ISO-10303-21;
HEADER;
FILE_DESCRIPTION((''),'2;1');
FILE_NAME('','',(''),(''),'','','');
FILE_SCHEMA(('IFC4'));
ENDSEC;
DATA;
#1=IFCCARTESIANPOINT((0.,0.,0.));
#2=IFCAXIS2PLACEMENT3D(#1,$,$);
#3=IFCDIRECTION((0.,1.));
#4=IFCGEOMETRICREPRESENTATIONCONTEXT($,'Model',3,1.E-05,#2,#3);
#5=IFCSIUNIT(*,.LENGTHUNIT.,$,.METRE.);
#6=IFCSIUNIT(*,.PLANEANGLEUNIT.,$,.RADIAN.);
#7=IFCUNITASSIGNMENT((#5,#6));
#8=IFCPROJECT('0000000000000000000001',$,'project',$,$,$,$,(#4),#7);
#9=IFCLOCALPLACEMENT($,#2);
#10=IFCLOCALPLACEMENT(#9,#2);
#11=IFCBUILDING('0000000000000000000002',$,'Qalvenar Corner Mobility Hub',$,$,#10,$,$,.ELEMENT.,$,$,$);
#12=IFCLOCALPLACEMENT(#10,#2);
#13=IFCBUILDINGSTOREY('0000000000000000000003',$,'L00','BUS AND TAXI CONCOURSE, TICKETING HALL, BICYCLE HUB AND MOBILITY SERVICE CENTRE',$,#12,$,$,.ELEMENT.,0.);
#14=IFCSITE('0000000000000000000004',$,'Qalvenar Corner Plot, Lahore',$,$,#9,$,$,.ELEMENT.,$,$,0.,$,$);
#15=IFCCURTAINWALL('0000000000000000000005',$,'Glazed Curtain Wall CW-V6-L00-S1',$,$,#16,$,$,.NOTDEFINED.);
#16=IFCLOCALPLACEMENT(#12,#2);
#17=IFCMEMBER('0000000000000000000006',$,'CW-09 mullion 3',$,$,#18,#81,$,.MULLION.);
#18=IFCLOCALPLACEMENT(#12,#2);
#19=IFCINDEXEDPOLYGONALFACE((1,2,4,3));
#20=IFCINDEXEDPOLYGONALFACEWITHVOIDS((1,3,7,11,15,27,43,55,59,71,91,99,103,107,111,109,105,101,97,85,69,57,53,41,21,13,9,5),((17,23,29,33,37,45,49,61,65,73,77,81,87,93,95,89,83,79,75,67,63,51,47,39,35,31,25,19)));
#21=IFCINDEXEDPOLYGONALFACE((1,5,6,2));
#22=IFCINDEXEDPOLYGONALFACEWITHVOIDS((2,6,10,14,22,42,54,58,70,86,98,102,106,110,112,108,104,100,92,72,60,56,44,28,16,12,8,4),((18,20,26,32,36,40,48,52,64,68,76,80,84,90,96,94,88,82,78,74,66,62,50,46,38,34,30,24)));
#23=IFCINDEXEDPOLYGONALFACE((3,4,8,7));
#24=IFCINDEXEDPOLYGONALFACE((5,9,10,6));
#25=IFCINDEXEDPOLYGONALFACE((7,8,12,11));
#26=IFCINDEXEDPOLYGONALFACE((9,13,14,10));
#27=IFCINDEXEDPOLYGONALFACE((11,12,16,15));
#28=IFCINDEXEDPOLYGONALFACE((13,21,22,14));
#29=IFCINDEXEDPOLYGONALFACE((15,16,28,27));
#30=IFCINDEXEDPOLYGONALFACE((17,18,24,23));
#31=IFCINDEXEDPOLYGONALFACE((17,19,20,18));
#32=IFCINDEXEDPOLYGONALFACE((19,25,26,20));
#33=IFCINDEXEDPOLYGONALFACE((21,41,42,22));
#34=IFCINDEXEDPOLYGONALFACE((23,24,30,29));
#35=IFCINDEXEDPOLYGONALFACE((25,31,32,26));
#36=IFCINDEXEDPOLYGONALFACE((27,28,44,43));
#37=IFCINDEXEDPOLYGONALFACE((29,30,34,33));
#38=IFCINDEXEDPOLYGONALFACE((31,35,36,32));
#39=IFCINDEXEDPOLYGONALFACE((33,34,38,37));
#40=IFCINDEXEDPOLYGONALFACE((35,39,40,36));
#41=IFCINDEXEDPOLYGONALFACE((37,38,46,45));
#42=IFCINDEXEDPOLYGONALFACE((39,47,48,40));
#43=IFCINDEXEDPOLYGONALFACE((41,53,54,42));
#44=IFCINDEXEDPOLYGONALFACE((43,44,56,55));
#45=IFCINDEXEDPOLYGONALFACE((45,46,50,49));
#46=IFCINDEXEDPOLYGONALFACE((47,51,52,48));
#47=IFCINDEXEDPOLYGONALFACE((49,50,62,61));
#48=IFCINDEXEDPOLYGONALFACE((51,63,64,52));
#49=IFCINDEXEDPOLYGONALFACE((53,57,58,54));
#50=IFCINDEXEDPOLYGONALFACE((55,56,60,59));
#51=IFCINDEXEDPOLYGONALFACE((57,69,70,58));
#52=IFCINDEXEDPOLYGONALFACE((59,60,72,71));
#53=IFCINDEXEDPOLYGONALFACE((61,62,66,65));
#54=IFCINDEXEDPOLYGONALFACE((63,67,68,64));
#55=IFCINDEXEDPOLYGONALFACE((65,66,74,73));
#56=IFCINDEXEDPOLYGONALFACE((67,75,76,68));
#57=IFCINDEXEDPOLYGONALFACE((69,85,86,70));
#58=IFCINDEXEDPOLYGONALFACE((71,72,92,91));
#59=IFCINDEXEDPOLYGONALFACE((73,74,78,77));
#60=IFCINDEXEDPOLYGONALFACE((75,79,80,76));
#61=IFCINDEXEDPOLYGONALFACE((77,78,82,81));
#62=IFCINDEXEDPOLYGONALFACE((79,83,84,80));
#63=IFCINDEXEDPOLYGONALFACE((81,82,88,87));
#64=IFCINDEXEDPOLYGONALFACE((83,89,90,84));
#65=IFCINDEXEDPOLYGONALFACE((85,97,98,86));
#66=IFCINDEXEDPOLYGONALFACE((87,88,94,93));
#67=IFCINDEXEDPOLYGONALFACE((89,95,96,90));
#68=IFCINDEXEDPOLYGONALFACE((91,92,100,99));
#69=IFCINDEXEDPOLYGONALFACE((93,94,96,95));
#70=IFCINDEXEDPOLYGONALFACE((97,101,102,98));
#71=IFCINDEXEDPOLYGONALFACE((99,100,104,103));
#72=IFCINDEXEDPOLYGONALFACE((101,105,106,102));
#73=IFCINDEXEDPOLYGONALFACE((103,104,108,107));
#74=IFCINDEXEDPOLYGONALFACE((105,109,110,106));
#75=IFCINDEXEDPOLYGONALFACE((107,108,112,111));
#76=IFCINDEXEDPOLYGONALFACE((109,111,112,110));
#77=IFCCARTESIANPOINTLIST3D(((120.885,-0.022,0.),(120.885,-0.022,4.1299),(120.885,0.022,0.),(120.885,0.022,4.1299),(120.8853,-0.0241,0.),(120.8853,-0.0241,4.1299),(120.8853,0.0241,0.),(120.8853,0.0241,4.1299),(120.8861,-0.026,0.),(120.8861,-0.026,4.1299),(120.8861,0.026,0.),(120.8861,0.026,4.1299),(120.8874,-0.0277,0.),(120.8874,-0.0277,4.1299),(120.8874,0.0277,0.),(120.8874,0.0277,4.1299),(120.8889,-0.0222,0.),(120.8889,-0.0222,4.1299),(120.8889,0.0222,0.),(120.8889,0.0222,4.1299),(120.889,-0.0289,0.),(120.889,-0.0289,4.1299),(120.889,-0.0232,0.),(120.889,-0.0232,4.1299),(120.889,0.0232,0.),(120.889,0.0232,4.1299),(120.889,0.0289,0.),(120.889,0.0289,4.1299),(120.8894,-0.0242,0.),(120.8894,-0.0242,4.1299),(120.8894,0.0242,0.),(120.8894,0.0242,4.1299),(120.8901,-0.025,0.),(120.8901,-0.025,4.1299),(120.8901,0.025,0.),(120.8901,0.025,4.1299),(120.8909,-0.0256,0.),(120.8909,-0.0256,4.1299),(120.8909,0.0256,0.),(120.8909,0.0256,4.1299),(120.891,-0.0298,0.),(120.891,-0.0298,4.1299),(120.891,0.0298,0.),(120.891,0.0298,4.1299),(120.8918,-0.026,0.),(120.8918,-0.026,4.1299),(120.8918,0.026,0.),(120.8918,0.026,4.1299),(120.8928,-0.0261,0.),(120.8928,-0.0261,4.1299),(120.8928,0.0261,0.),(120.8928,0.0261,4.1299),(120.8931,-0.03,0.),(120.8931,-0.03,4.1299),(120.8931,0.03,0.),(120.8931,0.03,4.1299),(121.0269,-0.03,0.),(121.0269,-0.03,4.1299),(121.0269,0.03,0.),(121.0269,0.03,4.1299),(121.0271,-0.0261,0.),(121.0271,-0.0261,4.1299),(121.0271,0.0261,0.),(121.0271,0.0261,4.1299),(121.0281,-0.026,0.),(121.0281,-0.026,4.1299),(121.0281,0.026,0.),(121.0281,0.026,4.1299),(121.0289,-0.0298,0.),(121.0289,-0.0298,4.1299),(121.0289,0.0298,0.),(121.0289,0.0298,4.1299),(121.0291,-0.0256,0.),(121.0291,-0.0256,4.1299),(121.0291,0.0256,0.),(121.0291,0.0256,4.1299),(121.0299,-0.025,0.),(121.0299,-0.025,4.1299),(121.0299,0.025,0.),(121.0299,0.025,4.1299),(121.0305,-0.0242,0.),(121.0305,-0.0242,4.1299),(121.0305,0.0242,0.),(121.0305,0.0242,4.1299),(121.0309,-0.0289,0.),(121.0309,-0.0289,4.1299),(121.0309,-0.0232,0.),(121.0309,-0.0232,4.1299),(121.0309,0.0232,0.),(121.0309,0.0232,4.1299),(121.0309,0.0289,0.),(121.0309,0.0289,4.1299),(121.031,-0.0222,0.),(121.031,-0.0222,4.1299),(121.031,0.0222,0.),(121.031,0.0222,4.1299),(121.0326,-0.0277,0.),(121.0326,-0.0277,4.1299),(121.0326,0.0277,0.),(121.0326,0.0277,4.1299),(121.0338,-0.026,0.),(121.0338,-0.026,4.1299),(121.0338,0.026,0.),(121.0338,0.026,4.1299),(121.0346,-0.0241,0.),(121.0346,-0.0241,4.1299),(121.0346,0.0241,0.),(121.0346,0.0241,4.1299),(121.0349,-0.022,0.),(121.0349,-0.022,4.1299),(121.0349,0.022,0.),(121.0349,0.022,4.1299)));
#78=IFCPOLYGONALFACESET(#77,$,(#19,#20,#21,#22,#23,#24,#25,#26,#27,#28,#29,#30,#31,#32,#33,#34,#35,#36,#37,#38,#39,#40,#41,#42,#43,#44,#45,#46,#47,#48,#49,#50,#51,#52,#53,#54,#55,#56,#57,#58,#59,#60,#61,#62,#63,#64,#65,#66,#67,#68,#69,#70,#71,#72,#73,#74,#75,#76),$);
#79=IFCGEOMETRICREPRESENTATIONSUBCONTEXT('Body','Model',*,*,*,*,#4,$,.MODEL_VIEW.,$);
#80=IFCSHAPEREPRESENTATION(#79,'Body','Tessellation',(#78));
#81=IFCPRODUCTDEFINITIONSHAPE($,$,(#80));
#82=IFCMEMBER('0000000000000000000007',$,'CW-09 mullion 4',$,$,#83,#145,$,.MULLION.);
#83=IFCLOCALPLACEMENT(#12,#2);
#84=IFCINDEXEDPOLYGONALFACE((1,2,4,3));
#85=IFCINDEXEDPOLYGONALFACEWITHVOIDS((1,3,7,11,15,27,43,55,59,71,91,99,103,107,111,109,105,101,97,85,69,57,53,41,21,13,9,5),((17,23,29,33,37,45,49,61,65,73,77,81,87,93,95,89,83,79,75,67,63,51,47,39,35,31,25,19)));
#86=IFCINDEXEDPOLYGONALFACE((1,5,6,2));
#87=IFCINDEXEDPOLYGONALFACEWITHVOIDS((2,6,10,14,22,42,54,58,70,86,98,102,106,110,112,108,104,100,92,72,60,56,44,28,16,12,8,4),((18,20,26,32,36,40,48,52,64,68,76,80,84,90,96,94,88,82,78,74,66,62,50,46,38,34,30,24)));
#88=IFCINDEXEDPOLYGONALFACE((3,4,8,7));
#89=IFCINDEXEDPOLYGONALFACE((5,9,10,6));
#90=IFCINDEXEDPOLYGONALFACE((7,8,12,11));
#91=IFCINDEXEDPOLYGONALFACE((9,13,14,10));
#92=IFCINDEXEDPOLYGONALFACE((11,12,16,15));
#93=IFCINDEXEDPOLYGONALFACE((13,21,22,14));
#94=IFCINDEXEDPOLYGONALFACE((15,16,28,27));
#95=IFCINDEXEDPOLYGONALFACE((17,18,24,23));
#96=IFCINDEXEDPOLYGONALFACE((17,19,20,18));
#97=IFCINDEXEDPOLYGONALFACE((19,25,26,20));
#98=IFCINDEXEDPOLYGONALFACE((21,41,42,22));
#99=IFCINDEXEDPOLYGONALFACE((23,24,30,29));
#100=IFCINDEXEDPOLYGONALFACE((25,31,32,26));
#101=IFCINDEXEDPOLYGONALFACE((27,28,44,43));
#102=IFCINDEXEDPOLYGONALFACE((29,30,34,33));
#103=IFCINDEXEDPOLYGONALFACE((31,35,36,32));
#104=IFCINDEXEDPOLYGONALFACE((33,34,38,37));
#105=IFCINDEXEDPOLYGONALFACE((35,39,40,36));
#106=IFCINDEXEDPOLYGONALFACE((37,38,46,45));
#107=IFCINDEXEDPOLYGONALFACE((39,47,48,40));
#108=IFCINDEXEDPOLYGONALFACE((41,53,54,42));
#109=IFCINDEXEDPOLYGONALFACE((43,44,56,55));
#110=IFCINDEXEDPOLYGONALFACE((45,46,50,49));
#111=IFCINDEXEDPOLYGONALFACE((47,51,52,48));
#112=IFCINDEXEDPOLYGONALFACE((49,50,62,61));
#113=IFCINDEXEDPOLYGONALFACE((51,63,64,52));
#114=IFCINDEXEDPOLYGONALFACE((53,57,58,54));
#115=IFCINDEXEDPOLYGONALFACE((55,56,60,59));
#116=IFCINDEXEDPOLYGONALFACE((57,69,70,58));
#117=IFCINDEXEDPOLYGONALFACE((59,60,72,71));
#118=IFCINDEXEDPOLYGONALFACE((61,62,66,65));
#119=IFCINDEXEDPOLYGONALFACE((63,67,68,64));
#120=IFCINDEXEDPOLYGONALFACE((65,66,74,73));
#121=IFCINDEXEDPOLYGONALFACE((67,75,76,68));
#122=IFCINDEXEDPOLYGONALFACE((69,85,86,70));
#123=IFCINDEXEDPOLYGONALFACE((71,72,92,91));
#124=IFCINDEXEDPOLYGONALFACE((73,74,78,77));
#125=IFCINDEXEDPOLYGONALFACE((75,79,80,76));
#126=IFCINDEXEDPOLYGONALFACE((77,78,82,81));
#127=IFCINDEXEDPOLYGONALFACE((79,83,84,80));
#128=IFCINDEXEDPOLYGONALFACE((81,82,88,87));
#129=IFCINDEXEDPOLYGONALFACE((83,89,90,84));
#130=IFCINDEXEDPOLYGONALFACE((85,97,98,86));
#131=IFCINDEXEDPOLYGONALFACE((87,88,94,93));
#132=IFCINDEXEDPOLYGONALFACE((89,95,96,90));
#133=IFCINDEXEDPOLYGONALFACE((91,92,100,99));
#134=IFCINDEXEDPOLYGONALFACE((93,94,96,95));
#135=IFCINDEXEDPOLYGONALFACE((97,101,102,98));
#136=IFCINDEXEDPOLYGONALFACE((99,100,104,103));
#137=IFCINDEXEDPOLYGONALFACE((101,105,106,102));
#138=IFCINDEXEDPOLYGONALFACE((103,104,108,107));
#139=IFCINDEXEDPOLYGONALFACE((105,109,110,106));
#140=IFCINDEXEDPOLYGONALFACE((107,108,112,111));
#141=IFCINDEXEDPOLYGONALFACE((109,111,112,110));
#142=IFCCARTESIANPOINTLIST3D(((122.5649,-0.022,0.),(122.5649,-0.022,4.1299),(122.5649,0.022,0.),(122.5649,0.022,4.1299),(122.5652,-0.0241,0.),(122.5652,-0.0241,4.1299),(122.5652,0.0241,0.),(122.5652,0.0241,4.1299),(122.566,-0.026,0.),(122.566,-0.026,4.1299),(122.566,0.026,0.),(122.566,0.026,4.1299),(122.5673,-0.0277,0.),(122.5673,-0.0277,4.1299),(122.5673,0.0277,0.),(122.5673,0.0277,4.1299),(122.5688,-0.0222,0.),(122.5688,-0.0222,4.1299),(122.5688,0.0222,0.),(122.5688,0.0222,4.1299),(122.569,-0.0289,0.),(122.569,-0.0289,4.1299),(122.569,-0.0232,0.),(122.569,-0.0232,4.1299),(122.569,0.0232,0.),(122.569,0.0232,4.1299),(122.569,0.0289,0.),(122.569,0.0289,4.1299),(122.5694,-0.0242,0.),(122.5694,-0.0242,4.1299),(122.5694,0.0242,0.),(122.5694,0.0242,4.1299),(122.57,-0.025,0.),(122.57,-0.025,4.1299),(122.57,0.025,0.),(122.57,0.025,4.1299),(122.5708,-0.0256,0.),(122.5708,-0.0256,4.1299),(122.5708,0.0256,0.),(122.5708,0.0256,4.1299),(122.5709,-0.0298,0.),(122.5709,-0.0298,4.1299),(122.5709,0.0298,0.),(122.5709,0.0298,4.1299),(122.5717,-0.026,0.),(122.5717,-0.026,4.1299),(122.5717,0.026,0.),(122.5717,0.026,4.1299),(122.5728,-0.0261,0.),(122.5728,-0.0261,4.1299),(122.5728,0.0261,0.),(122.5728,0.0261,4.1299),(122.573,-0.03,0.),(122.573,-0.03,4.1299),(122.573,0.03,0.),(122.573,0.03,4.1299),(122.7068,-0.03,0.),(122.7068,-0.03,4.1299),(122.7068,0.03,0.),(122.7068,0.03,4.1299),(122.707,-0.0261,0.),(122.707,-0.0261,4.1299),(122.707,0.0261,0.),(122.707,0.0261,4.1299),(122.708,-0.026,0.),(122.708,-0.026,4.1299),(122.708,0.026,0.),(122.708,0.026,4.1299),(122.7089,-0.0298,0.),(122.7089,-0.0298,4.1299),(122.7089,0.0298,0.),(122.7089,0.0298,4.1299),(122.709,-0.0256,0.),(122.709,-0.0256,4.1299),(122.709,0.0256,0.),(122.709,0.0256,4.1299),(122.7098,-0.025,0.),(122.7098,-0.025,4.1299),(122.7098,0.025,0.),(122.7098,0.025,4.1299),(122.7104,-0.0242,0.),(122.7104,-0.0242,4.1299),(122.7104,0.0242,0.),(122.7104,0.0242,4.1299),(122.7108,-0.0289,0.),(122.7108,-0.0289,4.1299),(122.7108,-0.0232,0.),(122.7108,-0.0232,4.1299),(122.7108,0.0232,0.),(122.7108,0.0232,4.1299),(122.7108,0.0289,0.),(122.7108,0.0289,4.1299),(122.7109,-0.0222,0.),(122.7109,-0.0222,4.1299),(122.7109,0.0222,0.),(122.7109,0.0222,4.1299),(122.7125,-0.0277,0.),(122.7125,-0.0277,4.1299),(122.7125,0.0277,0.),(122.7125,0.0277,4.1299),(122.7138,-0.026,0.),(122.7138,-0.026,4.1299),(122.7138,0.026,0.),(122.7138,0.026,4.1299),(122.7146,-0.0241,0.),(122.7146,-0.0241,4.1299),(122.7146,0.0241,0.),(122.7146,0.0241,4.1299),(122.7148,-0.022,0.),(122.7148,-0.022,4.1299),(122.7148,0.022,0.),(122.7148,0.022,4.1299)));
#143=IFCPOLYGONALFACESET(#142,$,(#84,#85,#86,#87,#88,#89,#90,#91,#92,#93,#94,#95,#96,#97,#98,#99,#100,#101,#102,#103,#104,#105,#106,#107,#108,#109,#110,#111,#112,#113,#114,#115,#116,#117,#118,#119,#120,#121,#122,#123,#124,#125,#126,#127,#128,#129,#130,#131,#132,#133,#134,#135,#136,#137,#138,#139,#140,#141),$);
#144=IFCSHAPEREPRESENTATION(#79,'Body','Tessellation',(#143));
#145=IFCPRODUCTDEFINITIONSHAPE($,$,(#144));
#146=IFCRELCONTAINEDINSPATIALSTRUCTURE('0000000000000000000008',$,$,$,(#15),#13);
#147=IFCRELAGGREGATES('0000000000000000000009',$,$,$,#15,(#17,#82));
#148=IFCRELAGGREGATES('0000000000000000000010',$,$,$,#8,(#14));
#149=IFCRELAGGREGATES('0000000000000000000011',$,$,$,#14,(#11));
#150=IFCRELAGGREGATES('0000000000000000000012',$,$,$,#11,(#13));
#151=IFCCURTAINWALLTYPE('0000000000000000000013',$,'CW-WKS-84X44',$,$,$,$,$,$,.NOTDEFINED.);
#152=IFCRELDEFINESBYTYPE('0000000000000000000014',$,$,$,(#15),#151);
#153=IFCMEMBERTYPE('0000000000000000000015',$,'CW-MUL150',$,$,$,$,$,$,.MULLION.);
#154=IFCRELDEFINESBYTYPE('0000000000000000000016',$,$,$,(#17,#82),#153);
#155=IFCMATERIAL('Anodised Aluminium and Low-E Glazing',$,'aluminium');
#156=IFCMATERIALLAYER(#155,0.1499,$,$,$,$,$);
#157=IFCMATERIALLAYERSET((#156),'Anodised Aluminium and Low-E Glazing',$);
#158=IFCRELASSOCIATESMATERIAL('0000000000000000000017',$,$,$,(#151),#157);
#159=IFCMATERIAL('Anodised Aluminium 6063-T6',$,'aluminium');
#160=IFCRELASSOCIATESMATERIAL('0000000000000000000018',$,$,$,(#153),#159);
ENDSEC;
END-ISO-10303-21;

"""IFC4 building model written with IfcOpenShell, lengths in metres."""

from ifc_helpers import new_model, si_unit, direction, frame, origin, origin_2d, place, context, subcontext, project, spatial, hollow_rectangle, extrude, material, layer, layer_set, material_profile, profile_set, type_object, element, aggregate, save


model = new_model("IFC4")

# Units and contexts
model_context = context("Model", 3, precision=1e-05, world=origin(), true_north=direction((0.0, 1.0)))
body_context = subcontext(model_context, "Body", "Model", "MODEL_VIEW")
ifc_project = project(units=[si_unit("LENGTHUNIT", "METRE"), si_unit("PLANEANGLEUNIT", "RADIAN")], contexts=[model_context])

# Site, building, storey
site_placement = place(None, origin())
site = spatial("IfcSite", under=ifc_project, at=site_placement, Name="Qalvenar Corner Plot, Lahore", CompositionType="ELEMENT", RefElevation=0.0)
building_placement = place(site_placement, origin())
building = spatial("IfcBuilding", under=site, at=building_placement, Name="Qalvenar Corner Mobility Hub", CompositionType="ELEMENT")
storey_placement = place(building_placement, origin())
storey = spatial("IfcBuildingStorey", under=building, at=storey_placement, Name="L00", Description="BUS AND TAXI CONCOURSE, TICKETING HALL, BICYCLE HUB AND MOBILITY SERVICE CENTRE", CompositionType="ELEMENT", Elevation=0.0)

# Curtain wall, members
ifc_material_1 = material(Name="Anodised Aluminium and Low-E Glazing", Category="aluminium")
ifc_layer_1 = layer(ifc_material_1, 0.1499)
ifc_layer_set_1 = layer_set([ifc_layer_1], Name="Anodised Aluminium and Low-E Glazing")
curtain_wall_type = type_object("IfcCurtainWallType", Name="CW-WKS-84X44", PredefinedType="NOTDEFINED", material=ifc_layer_set_1)
curtain_wall_placement = place(storey_placement, origin())
curtain_wall = element("IfcCurtainWall", 1, at=curtain_wall_placement, inside=storey, type_object=curtain_wall_type, Name="Glazed Curtain Wall CW-V6-L00-S1", PredefinedType="NOTDEFINED")
ifc_material_2 = material(Name="Anodised Aluminium 6063-T6", Category="aluminium")
ifc_material_profile_1 = material_profile(ifc_material_2, hollow_rectangle(XDim=0.0601, YDim=0.1499, WallThickness=0.0039, InnerFilletRadius=0.0039, OuterFilletRadius=0.0081, at=origin_2d()), Name="RHS150x60x4")
ifc_profile_set_1 = profile_set([ifc_material_profile_1], Name="Anodised Aluminium 6063-T6")
member_type_1 = type_object("IfcMemberType", Name="CW-MUL150", PredefinedType="MULLION", material=ifc_profile_set_1)
member_1_placement = place(storey_placement, frame((120.96, 0.0, 0.0), z_axis=(0.0, 0.0, 1.0), x_axis=(0.0, 1.0, 0.0)))
member_1 = element("IfcMember", 2, at=member_1_placement, type_object=member_type_1, Name="CW-09 mullion 3", PredefinedType="MULLION", context=body_context, shape_type="SweptSolid", body=[
    extrude(hollow_rectangle(XDim=0.0601, YDim=0.1499, WallThickness=0.0039, InnerFilletRadius=0.0039, OuterFilletRadius=0.0081, at=origin_2d()), origin(), (0.0, 0.0, 1.0), 4.1299),
])
member_2_placement = place(storey_placement, frame((122.6399, 0.0, 0.0), z_axis=(0.0, 0.0, 1.0), x_axis=(0.0, 1.0, 0.0)))
member_2 = element("IfcMember", 3, at=member_2_placement, type_object=member_type_1, Name="CW-09 mullion 4", PredefinedType="MULLION", context=body_context, shape_type="SweptSolid", body=[
    extrude(hollow_rectangle(XDim=0.0601, YDim=0.1499, WallThickness=0.0039, InnerFilletRadius=0.0039, OuterFilletRadius=0.0081, at=origin_2d()), origin(), (0.0, 0.0, 1.0), 4.1299),
])
aggregate(curtain_wall, [member_1, member_2])

save(model, "model.ifc")
